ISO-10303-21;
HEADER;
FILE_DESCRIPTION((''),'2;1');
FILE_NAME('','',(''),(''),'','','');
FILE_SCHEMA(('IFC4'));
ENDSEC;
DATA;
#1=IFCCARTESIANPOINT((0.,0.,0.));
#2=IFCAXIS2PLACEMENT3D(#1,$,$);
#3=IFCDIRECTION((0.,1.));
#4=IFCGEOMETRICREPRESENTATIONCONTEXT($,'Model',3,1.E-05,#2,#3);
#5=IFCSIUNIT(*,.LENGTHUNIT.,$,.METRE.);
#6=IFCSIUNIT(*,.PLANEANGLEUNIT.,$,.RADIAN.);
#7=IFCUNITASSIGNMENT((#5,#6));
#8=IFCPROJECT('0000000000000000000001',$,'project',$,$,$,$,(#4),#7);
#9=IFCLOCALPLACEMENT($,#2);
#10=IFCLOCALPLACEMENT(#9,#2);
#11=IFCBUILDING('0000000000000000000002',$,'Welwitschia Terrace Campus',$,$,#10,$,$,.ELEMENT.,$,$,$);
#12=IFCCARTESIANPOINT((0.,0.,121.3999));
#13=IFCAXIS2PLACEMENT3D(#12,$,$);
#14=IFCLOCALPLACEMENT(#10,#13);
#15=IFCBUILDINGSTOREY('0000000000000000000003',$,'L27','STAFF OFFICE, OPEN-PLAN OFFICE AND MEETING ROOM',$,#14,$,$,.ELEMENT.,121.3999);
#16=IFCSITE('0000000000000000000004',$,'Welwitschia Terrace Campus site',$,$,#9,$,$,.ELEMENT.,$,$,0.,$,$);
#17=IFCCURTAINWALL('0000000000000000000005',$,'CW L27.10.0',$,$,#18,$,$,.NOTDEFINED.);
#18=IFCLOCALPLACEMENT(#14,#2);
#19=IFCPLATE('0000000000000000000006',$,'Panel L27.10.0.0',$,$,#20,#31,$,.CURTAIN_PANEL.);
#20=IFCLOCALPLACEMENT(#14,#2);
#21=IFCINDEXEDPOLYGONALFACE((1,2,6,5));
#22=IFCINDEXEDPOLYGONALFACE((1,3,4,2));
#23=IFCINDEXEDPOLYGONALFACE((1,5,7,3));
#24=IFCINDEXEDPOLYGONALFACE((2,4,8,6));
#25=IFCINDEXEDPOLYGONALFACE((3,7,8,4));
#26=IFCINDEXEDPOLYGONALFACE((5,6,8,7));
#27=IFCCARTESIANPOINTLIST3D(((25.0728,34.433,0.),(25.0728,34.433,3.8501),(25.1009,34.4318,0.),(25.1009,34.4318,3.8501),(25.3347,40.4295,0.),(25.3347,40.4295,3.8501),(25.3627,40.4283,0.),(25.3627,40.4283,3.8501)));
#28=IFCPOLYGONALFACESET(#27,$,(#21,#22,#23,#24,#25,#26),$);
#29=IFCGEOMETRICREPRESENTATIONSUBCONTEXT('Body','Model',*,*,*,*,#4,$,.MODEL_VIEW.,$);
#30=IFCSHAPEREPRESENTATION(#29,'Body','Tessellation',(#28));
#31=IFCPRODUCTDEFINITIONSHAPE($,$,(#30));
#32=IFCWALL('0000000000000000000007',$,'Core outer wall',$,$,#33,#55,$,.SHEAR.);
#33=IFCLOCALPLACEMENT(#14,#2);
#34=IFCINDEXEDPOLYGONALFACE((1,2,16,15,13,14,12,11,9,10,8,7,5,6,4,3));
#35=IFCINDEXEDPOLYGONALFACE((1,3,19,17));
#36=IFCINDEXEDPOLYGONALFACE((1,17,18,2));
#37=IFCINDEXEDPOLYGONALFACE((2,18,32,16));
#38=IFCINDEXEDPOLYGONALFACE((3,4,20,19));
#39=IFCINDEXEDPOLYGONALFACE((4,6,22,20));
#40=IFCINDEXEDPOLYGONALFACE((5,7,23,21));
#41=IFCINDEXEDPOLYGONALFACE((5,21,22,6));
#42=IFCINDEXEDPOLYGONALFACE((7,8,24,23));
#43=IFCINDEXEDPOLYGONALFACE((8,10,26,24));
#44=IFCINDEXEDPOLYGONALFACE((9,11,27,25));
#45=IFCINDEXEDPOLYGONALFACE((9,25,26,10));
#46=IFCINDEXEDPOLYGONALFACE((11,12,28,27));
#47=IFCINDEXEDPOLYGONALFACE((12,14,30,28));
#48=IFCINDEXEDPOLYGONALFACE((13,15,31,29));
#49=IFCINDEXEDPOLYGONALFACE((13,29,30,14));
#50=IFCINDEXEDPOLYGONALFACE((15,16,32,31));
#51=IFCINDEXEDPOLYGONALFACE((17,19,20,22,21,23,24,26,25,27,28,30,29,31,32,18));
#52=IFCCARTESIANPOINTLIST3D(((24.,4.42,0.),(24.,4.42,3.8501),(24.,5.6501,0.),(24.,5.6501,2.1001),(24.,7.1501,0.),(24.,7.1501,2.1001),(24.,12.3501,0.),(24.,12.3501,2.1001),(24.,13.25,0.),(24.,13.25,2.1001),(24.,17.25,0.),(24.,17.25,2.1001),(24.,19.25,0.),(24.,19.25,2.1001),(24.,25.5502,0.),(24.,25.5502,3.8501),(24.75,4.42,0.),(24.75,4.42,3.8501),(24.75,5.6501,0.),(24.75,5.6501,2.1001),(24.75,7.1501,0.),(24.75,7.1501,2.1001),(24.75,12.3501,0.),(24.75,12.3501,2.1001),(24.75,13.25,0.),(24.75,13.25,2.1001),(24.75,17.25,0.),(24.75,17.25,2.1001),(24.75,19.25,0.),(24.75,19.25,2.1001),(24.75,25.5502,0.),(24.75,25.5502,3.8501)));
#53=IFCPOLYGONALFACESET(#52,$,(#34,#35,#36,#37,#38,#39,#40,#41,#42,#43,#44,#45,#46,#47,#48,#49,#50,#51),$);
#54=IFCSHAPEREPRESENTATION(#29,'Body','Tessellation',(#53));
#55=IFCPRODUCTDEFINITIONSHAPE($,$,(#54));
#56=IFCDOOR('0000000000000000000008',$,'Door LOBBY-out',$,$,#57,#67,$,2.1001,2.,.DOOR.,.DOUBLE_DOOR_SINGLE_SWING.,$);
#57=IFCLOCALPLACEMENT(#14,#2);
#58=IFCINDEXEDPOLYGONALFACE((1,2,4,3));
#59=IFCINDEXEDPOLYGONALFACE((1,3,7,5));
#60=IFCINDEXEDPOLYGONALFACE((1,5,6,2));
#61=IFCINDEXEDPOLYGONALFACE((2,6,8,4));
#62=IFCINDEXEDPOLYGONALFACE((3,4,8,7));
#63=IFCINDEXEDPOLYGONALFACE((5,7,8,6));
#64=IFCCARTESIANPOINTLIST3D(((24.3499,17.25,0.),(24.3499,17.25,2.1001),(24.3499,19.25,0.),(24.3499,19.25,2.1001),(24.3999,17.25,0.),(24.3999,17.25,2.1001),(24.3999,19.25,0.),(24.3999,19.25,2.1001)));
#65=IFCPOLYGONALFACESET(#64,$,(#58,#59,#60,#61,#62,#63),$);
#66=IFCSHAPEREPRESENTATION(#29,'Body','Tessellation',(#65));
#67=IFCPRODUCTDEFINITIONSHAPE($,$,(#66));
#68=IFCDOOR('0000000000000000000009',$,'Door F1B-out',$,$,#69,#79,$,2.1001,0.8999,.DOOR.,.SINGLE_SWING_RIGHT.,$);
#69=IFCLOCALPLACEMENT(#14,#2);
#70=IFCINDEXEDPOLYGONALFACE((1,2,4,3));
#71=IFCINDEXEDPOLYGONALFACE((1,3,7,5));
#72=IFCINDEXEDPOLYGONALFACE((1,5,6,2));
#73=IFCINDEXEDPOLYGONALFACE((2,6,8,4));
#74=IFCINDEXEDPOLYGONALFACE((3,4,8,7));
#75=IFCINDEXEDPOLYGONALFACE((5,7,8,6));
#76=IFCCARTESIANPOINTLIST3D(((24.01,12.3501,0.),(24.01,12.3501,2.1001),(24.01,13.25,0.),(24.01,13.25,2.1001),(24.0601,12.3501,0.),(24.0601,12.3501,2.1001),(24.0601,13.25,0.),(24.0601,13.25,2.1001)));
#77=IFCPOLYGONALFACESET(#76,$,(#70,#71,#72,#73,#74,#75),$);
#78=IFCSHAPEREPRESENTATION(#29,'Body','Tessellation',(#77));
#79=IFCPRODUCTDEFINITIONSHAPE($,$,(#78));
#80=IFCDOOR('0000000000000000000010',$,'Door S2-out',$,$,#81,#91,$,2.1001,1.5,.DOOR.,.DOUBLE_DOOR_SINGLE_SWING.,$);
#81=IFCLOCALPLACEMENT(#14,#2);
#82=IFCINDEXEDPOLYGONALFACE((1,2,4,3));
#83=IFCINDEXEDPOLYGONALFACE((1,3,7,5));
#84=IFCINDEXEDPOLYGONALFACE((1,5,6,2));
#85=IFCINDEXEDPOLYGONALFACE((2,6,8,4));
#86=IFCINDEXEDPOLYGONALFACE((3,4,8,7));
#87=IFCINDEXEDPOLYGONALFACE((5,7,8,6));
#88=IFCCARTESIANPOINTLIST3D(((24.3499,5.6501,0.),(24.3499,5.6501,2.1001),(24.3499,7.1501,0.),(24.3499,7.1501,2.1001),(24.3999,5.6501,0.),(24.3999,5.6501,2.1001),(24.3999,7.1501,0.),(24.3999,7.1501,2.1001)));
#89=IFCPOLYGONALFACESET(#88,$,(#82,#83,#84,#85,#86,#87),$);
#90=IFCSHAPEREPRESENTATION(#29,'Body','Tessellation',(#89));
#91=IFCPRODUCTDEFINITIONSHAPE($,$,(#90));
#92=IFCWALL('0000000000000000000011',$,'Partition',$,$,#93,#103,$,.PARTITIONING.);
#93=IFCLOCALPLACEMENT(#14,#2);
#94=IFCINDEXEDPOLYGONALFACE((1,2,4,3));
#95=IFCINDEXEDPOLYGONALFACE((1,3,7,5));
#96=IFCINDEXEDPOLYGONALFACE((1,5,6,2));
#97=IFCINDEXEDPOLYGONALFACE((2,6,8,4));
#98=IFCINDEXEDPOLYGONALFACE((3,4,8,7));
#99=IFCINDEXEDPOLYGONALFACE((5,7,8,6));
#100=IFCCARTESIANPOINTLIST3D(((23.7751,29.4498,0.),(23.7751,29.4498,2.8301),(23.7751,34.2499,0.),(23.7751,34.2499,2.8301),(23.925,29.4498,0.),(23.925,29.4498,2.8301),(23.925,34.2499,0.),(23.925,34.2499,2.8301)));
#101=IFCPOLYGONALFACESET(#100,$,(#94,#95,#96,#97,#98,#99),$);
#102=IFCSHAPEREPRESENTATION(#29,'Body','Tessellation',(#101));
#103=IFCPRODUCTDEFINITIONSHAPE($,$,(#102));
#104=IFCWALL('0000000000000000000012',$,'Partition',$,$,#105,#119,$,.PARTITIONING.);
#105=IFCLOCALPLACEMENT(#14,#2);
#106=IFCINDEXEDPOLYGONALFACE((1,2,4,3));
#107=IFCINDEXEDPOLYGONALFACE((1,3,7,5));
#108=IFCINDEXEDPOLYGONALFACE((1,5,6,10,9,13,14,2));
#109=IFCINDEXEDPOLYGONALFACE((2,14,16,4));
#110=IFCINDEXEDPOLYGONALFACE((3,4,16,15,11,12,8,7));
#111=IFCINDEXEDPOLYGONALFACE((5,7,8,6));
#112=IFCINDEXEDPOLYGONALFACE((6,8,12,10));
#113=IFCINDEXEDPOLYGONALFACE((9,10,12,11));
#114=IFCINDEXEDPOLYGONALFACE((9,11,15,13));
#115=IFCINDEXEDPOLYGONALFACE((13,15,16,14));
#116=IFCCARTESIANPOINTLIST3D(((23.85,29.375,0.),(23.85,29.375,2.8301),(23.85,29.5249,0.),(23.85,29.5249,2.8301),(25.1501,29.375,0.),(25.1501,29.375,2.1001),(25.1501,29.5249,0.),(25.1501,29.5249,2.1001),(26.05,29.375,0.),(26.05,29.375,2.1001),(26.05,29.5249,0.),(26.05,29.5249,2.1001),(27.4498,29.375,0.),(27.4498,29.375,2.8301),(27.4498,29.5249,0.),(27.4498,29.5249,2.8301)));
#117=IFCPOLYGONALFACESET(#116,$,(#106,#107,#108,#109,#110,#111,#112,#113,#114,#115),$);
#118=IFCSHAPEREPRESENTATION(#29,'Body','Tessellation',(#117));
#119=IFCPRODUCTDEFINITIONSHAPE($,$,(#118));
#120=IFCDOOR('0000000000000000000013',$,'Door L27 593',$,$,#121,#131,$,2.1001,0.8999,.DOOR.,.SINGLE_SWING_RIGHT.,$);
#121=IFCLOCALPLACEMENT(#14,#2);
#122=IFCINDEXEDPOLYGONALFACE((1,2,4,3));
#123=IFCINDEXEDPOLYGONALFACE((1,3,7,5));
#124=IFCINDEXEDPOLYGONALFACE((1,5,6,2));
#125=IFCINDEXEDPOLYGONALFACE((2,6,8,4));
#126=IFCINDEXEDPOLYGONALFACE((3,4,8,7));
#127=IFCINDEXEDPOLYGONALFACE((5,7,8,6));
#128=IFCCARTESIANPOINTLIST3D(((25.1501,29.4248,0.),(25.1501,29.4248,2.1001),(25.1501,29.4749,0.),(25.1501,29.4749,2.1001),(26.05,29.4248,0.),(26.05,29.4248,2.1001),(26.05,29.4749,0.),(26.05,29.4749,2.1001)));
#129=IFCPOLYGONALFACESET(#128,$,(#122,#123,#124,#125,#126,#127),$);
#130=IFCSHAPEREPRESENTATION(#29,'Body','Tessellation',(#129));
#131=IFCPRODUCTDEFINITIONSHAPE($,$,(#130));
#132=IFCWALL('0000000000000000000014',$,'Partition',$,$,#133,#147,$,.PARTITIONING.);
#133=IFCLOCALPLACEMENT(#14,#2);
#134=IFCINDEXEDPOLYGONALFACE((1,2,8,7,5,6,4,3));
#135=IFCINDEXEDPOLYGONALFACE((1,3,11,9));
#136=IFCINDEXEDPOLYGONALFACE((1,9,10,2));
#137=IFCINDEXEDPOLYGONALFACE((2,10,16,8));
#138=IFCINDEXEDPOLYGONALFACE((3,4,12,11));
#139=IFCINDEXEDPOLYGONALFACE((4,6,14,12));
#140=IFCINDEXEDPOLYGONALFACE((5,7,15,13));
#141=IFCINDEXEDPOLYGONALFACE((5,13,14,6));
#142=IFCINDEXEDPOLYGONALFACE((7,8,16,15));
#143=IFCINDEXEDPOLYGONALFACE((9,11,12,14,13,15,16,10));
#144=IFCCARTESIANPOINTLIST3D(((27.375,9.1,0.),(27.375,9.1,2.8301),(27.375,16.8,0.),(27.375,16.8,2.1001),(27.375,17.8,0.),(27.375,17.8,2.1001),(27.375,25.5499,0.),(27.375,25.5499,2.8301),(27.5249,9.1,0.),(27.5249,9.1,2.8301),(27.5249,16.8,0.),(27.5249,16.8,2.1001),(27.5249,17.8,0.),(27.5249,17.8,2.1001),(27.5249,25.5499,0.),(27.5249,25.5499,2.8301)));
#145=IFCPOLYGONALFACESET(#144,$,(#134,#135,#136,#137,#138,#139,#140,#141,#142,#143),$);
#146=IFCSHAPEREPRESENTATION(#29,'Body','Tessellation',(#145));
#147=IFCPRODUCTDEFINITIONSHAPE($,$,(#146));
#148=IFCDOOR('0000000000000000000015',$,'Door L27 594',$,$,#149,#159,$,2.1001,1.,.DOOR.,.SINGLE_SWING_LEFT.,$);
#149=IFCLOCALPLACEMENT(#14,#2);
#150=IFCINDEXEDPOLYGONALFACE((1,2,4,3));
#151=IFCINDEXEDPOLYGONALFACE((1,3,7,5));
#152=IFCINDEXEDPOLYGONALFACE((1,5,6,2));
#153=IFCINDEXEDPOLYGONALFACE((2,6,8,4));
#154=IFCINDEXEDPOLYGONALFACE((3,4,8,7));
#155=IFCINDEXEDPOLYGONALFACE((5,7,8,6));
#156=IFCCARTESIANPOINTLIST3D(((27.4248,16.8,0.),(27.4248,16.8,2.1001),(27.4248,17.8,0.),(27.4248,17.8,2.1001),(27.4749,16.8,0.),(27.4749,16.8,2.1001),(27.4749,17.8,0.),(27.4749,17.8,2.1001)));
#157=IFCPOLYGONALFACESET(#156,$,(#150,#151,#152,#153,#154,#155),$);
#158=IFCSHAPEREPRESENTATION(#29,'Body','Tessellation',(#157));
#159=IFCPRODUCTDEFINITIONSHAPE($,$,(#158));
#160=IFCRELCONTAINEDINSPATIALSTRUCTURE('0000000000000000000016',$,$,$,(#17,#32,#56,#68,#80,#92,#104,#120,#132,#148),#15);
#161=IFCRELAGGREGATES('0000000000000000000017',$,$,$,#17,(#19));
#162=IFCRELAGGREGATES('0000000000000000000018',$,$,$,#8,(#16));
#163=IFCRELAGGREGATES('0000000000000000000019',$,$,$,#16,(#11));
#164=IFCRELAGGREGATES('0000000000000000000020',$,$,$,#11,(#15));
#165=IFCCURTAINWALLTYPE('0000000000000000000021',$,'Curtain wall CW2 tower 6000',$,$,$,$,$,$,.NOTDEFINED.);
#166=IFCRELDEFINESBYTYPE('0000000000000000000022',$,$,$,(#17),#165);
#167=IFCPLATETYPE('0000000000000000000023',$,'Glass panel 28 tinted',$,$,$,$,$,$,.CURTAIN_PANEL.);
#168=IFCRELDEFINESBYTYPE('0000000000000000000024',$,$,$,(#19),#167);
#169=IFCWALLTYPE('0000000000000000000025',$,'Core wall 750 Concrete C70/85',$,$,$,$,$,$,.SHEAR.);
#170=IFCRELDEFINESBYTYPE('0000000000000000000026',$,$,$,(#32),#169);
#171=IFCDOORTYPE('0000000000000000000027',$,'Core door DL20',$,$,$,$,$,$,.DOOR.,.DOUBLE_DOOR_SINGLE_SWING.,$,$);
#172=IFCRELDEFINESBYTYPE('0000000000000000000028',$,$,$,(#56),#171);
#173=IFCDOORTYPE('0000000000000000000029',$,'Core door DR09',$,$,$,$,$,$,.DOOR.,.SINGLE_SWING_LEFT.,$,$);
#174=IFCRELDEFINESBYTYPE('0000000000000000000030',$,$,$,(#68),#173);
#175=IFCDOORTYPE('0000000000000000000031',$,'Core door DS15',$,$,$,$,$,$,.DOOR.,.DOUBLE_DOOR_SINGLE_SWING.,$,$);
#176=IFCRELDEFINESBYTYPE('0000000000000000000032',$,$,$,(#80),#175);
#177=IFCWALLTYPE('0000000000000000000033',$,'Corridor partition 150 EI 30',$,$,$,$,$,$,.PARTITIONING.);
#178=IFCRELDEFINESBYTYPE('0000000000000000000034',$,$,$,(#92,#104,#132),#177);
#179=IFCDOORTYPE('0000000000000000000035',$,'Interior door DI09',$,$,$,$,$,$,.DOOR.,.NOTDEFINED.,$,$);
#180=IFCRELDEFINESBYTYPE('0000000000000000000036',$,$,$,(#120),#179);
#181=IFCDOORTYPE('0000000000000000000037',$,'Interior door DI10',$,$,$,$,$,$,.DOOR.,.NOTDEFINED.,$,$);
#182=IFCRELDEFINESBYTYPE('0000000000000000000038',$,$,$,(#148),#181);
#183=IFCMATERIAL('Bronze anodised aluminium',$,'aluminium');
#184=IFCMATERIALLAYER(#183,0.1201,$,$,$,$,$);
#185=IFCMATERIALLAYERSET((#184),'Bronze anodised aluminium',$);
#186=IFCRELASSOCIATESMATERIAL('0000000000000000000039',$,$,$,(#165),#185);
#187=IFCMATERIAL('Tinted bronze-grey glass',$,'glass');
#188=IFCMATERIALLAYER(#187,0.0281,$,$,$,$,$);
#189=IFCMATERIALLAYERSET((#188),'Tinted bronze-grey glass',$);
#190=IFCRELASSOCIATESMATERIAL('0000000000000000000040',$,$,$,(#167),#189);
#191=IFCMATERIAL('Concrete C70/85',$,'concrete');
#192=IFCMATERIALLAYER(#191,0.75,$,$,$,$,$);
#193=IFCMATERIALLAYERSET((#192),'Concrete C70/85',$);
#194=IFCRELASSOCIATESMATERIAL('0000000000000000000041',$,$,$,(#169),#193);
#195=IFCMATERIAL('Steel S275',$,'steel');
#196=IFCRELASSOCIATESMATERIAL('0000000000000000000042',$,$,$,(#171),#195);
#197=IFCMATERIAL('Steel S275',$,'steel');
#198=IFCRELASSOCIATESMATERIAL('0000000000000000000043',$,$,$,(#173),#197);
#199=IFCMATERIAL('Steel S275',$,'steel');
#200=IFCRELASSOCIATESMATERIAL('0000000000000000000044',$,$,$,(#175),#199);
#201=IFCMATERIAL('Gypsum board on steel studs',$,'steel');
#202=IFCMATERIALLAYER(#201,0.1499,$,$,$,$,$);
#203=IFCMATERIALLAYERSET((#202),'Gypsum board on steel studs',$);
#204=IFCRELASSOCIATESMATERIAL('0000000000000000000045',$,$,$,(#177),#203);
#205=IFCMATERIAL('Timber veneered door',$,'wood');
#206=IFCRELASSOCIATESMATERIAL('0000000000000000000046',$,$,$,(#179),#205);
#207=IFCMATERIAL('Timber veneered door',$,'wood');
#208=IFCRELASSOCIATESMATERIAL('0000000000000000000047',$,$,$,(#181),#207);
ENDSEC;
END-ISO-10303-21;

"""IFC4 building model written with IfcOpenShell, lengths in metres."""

from ifc_helpers import new_model, si_unit, direction, frame, frame_2d, origin, origin_2d, place, context, subcontext, project, spatial, rectangle, extrude, material, layer, layer_set, type_object, element, fill, aggregate, save


model = new_model("IFC4")

# Units and contexts
model_context = context("Model", 3, precision=1e-05, world=origin(), true_north=direction((0.0, 1.0)))
body_context = subcontext(model_context, "Body", "Model", "MODEL_VIEW")
ifc_project = project(units=[si_unit("LENGTHUNIT", "METRE"), si_unit("PLANEANGLEUNIT", "RADIAN")], contexts=[model_context])

# Site, building, storey
site_placement = place(None, origin())
site = spatial("IfcSite", under=ifc_project, at=site_placement, Name="Welwitschia Terrace Campus site", CompositionType="ELEMENT", RefElevation=0.0)
building_placement = place(site_placement, origin())
building = spatial("IfcBuilding", under=site, at=building_placement, Name="Welwitschia Terrace Campus", CompositionType="ELEMENT")
storey_placement = place(building_placement, frame((0.0, 0.0, 121.3999)))
storey = spatial("IfcBuildingStorey", under=building, at=storey_placement, Name="L27", Description="STAFF OFFICE, OPEN-PLAN OFFICE AND MEETING ROOM", CompositionType="ELEMENT", Elevation=121.3999)

# Curtain wall
ifc_material_1 = material(Name="Bronze anodised aluminium", Category="aluminium")
ifc_layer_1 = layer(ifc_material_1, 0.1201)
ifc_layer_set_1 = layer_set([ifc_layer_1], Name="Bronze anodised aluminium")
curtain_wall_type = type_object("IfcCurtainWallType", Name="Curtain wall CW2 tower 6000", PredefinedType="NOTDEFINED", material=ifc_layer_set_1)
curtain_wall_1_placement = place(storey_placement, origin())
curtain_wall_1 = element("IfcCurtainWall", 1, at=curtain_wall_1_placement, inside=storey, type_object=curtain_wall_type, Name="CW L27.10.0", PredefinedType="NOTDEFINED")

# Plate
ifc_material_2 = material(Name="Tinted bronze-grey glass", Category="glass")
ifc_layer_2 = layer(ifc_material_2, 0.0281)
ifc_layer_set_2 = layer_set([ifc_layer_2], Name="Tinted bronze-grey glass")
plate_type = type_object("IfcPlateType", Name="Glass panel 28 tinted", PredefinedType="CURTAIN_PANEL", material=ifc_layer_set_2)
plate_1_placement = place(storey_placement, frame((25.2178, 37.4307, 0.0), z_axis=(0.0, 0.0, 1.0), x_axis=(0.043619, 0.999048, 0.0)))
plate_1 = element("IfcPlate", 2, at=plate_1_placement, type_object=plate_type, Name="Panel L27.10.0.0", PredefinedType="CURTAIN_PANEL", context=body_context, shape_type="SweptSolid", body=[
    extrude(rectangle(XDim=6.0022, YDim=0.0281, at=origin_2d()), origin(), (0.0, 0.0, 1.0), 3.8501),
])
aggregate(curtain_wall_1, [plate_1])

# Wall, openings, doors
ifc_material_3 = material(Name="Concrete C70/85", Category="concrete")
ifc_layer_3 = layer(ifc_material_3, 0.75)
ifc_layer_set_3 = layer_set([ifc_layer_3], Name="Concrete C70/85")
wall_type_1 = type_object("IfcWallType", Name="Core wall 750 Concrete C70/85", PredefinedType="SHEAR", material=ifc_layer_set_3)
wall_1_placement = place(storey_placement, frame((24.375, 25.55, 0.0), z_axis=(0.0, 0.0, 1.0), x_axis=(0.0, -1.0, 0.0)))
wall_1 = element("IfcWall", 3, at=wall_1_placement, inside=storey, type_object=wall_type_1, Name="Core outer wall", PredefinedType="SHEAR", context=body_context, shape_type="SweptSolid", body=[
    extrude(rectangle(XDim=21.1301, YDim=0.75, at=frame_2d((10.5649, 0.0))), origin(), (0.0, 0.0, 1.0), 3.8501),
])
opening_1_placement = place(wall_1_placement, frame((18.3999, 0.0, 0.0)))
opening_1 = element("IfcOpeningElement", 4, at=opening_1_placement, cuts=wall_1, PredefinedType="OPENING", context=body_context, shape_type="SweptSolid", body=[
    extrude(rectangle(XDim=1.5, YDim=2.1001, at=frame_2d((0.75, 1.05))), frame((0.0, 0.385, 0.0), z_axis=(0.0, -1.0, 0.0), x_axis=(1.0, 0.0, 0.0)), (0.0, 0.0, 1.0), 0.77),
])
opening_2_placement = place(wall_1_placement, frame((12.3, 0.0, 0.0)))
opening_2 = element("IfcOpeningElement", 5, at=opening_2_placement, cuts=wall_1, PredefinedType="OPENING", context=body_context, shape_type="SweptSolid", body=[
    extrude(rectangle(XDim=0.8999, YDim=2.1001, at=frame_2d((0.45, 1.05))), frame((0.0, 0.385, 0.0), z_axis=(0.0, -1.0, 0.0), x_axis=(1.0, 0.0, 0.0)), (0.0, 0.0, 1.0), 0.77),
])
opening_3_placement = place(wall_1_placement, frame((6.3, 0.0, 0.0)))
opening_3 = element("IfcOpeningElement", 6, at=opening_3_placement, cuts=wall_1, PredefinedType="OPENING", context=body_context, shape_type="SweptSolid", body=[
    extrude(rectangle(XDim=2.0, YDim=2.1001, at=frame_2d((1.0, 1.05))), frame((0.0, 0.385, 0.0), z_axis=(0.0, -1.0, 0.0), x_axis=(1.0, 0.0, 0.0)), (0.0, 0.0, 1.0), 0.77),
])
ifc_material_4 = material(Name="Steel S275", Category="steel")
door_type_1 = type_object("IfcDoorType", Name="Core door DL20", OperationType="DOUBLE_DOOR_SINGLE_SWING", PredefinedType="DOOR", material=ifc_material_4)
door_1_placement = place(opening_3_placement, origin())
door_1 = element("IfcDoor", 7, at=door_1_placement, inside=storey, type_object=door_type_1, Name="Door LOBBY-out", OperationType="DOUBLE_DOOR_SINGLE_SWING", OverallHeight=2.1001, OverallWidth=2.0, PredefinedType="DOOR", context=body_context, shape_type="SweptSolid", body=[
    extrude(rectangle(XDim=2.0, YDim=2.1001, at=frame_2d((1.0, 1.05))), frame((0.0, 0.0249, 0.0), z_axis=(0.0, -1.0, 0.0), x_axis=(1.0, 0.0, 0.0)), (0.0, 0.0, 1.0), 0.05),
])
fill(opening_3, door_1)
ifc_material_5 = material(Name="Steel S275", Category="steel")
door_type_2 = type_object("IfcDoorType", Name="Core door DR09", OperationType="SINGLE_SWING_LEFT", PredefinedType="DOOR", material=ifc_material_5)
door_2_placement = place(opening_2_placement, origin())
door_2 = element("IfcDoor", 8, at=door_2_placement, inside=storey, type_object=door_type_2, Name="Door F1B-out", OperationType="SINGLE_SWING_RIGHT", OverallHeight=2.1001, OverallWidth=0.8999, PredefinedType="DOOR", context=body_context, shape_type="SweptSolid", body=[
    extrude(rectangle(XDim=0.8999, YDim=2.1001, at=frame_2d((0.45, 1.05))), frame((0.0, -0.3149, 0.0), z_axis=(0.0, -1.0, 0.0), x_axis=(1.0, 0.0, 0.0)), (0.0, 0.0, 1.0), 0.05),
])
fill(opening_2, door_2)
ifc_material_6 = material(Name="Steel S275", Category="steel")
door_type_3 = type_object("IfcDoorType", Name="Core door DS15", OperationType="DOUBLE_DOOR_SINGLE_SWING", PredefinedType="DOOR", material=ifc_material_6)
door_3_placement = place(opening_1_placement, origin())
door_3 = element("IfcDoor", 9, at=door_3_placement, inside=storey, type_object=door_type_3, Name="Door S2-out", OperationType="DOUBLE_DOOR_SINGLE_SWING", OverallHeight=2.1001, OverallWidth=1.5, PredefinedType="DOOR", context=body_context, shape_type="SweptSolid", body=[
    extrude(rectangle(XDim=1.5, YDim=2.1001, at=frame_2d((0.75, 1.05))), frame((0.0, 0.0249, 0.0), z_axis=(0.0, -1.0, 0.0), x_axis=(1.0, 0.0, 0.0)), (0.0, 0.0, 1.0), 0.05),
])
fill(opening_1, door_3)

# Wall
ifc_material_7 = material(Name="Gypsum board on steel studs", Category="steel")
ifc_layer_4 = layer(ifc_material_7, 0.1499)
ifc_layer_set_4 = layer_set([ifc_layer_4], Name="Gypsum board on steel studs")
wall_type_2 = type_object("IfcWallType", Name="Corridor partition 150 EI 30", PredefinedType="PARTITIONING", material=ifc_layer_set_4)
wall_2_placement = place(storey_placement, frame((23.8501, 29.45, 0.0), z_axis=(0.0, 0.0, 1.0), x_axis=(0.0, 1.0, 0.0)))
element("IfcWall", 10, at=wall_2_placement, inside=storey, type_object=wall_type_2, Name="Partition", PredefinedType="PARTITIONING", context=body_context, shape_type="SweptSolid", body=[
    extrude(rectangle(XDim=4.8, YDim=0.1499, at=frame_2d((2.3999, 0.0))), origin(), (0.0, 0.0, 1.0), 2.8301),
])

# Walls, openings, doors
wall_3_placement = place(storey_placement, frame((23.8501, 29.45, 0.0), z_axis=(0.0, 0.0, 1.0), x_axis=(1.0, 0.0, 0.0)))
wall_3 = element("IfcWall", 11, at=wall_3_placement, inside=storey, type_object=wall_type_2, Name="Partition", PredefinedType="PARTITIONING", context=body_context, shape_type="SweptSolid", body=[
    extrude(rectangle(XDim=3.5999, YDim=0.1499, at=frame_2d((1.7998, 0.0))), origin(), (0.0, 0.0, 1.0), 2.8301),
])
opening_4_placement = place(wall_3_placement, frame((1.3, 0.0, 0.0)))
opening_4 = element("IfcOpeningElement", 12, at=opening_4_placement, cuts=wall_3, PredefinedType="OPENING", context=body_context, shape_type="SweptSolid", body=[
    extrude(rectangle(XDim=0.8999, YDim=2.1001, at=frame_2d((0.45, 1.05))), frame((0.0, 0.085, 0.0), z_axis=(0.0, -1.0, 0.0), x_axis=(1.0, 0.0, 0.0)), (0.0, 0.0, 1.0), 0.1699),
])
ifc_material_8 = material(Name="Timber veneered door", Category="wood")
door_type_4 = type_object("IfcDoorType", Name="Interior door DI09", OperationType="NOTDEFINED", PredefinedType="DOOR", material=ifc_material_8)
door_4_placement = place(opening_4_placement, origin())
door_4 = element("IfcDoor", 13, at=door_4_placement, inside=storey, type_object=door_type_4, Name="Door L27 593", OperationType="SINGLE_SWING_RIGHT", OverallHeight=2.1001, OverallWidth=0.8999, PredefinedType="DOOR", context=body_context, shape_type="SweptSolid", body=[
    extrude(rectangle(XDim=0.8999, YDim=2.1001, at=frame_2d((0.45, 1.05))), frame((0.0, 0.0249, 0.0), z_axis=(0.0, -1.0, 0.0), x_axis=(1.0, 0.0, 0.0)), (0.0, 0.0, 1.0), 0.05),
])
fill(opening_4, door_4)
wall_4_placement = place(storey_placement, frame((27.45, 25.55, 0.0), z_axis=(0.0, 0.0, 1.0), x_axis=(0.0, -1.0, 0.0)))
wall_4 = element("IfcWall", 14, at=wall_4_placement, inside=storey, type_object=wall_type_2, Name="Partition", PredefinedType="PARTITIONING", context=body_context, shape_type="SweptSolid", body=[
    extrude(rectangle(XDim=16.45, YDim=0.1499, at=frame_2d((8.2251, 0.0))), origin(), (0.0, 0.0, 1.0), 2.8301),
])
opening_5_placement = place(wall_4_placement, frame((7.75, 0.0, 0.0)))
opening_5 = element("IfcOpeningElement", 15, at=opening_5_placement, cuts=wall_4, PredefinedType="OPENING", context=body_context, shape_type="SweptSolid", body=[
    extrude(rectangle(XDim=1.0, YDim=2.1001, at=frame_2d((0.5, 1.05))), frame((0.0, 0.085, 0.0), z_axis=(0.0, -1.0, 0.0), x_axis=(1.0, 0.0, 0.0)), (0.0, 0.0, 1.0), 0.1699),
])
ifc_material_9 = material(Name="Timber veneered door", Category="wood")
door_type_5 = type_object("IfcDoorType", Name="Interior door DI10", OperationType="NOTDEFINED", PredefinedType="DOOR", material=ifc_material_9)
door_5_placement = place(opening_5_placement, origin())
door_5 = element("IfcDoor", 16, at=door_5_placement, inside=storey, type_object=door_type_5, Name="Door L27 594", OperationType="SINGLE_SWING_LEFT", OverallHeight=2.1001, OverallWidth=1.0, PredefinedType="DOOR", context=body_context, shape_type="SweptSolid", body=[
    extrude(rectangle(XDim=1.0, YDim=2.1001, at=frame_2d((0.5, 1.05))), frame((0.0, 0.0249, 0.0), z_axis=(0.0, -1.0, 0.0), x_axis=(1.0, 0.0, 0.0)), (0.0, 0.0, 1.0), 0.05),
])
fill(opening_5, door_5)

save(model, "model.ifc")
